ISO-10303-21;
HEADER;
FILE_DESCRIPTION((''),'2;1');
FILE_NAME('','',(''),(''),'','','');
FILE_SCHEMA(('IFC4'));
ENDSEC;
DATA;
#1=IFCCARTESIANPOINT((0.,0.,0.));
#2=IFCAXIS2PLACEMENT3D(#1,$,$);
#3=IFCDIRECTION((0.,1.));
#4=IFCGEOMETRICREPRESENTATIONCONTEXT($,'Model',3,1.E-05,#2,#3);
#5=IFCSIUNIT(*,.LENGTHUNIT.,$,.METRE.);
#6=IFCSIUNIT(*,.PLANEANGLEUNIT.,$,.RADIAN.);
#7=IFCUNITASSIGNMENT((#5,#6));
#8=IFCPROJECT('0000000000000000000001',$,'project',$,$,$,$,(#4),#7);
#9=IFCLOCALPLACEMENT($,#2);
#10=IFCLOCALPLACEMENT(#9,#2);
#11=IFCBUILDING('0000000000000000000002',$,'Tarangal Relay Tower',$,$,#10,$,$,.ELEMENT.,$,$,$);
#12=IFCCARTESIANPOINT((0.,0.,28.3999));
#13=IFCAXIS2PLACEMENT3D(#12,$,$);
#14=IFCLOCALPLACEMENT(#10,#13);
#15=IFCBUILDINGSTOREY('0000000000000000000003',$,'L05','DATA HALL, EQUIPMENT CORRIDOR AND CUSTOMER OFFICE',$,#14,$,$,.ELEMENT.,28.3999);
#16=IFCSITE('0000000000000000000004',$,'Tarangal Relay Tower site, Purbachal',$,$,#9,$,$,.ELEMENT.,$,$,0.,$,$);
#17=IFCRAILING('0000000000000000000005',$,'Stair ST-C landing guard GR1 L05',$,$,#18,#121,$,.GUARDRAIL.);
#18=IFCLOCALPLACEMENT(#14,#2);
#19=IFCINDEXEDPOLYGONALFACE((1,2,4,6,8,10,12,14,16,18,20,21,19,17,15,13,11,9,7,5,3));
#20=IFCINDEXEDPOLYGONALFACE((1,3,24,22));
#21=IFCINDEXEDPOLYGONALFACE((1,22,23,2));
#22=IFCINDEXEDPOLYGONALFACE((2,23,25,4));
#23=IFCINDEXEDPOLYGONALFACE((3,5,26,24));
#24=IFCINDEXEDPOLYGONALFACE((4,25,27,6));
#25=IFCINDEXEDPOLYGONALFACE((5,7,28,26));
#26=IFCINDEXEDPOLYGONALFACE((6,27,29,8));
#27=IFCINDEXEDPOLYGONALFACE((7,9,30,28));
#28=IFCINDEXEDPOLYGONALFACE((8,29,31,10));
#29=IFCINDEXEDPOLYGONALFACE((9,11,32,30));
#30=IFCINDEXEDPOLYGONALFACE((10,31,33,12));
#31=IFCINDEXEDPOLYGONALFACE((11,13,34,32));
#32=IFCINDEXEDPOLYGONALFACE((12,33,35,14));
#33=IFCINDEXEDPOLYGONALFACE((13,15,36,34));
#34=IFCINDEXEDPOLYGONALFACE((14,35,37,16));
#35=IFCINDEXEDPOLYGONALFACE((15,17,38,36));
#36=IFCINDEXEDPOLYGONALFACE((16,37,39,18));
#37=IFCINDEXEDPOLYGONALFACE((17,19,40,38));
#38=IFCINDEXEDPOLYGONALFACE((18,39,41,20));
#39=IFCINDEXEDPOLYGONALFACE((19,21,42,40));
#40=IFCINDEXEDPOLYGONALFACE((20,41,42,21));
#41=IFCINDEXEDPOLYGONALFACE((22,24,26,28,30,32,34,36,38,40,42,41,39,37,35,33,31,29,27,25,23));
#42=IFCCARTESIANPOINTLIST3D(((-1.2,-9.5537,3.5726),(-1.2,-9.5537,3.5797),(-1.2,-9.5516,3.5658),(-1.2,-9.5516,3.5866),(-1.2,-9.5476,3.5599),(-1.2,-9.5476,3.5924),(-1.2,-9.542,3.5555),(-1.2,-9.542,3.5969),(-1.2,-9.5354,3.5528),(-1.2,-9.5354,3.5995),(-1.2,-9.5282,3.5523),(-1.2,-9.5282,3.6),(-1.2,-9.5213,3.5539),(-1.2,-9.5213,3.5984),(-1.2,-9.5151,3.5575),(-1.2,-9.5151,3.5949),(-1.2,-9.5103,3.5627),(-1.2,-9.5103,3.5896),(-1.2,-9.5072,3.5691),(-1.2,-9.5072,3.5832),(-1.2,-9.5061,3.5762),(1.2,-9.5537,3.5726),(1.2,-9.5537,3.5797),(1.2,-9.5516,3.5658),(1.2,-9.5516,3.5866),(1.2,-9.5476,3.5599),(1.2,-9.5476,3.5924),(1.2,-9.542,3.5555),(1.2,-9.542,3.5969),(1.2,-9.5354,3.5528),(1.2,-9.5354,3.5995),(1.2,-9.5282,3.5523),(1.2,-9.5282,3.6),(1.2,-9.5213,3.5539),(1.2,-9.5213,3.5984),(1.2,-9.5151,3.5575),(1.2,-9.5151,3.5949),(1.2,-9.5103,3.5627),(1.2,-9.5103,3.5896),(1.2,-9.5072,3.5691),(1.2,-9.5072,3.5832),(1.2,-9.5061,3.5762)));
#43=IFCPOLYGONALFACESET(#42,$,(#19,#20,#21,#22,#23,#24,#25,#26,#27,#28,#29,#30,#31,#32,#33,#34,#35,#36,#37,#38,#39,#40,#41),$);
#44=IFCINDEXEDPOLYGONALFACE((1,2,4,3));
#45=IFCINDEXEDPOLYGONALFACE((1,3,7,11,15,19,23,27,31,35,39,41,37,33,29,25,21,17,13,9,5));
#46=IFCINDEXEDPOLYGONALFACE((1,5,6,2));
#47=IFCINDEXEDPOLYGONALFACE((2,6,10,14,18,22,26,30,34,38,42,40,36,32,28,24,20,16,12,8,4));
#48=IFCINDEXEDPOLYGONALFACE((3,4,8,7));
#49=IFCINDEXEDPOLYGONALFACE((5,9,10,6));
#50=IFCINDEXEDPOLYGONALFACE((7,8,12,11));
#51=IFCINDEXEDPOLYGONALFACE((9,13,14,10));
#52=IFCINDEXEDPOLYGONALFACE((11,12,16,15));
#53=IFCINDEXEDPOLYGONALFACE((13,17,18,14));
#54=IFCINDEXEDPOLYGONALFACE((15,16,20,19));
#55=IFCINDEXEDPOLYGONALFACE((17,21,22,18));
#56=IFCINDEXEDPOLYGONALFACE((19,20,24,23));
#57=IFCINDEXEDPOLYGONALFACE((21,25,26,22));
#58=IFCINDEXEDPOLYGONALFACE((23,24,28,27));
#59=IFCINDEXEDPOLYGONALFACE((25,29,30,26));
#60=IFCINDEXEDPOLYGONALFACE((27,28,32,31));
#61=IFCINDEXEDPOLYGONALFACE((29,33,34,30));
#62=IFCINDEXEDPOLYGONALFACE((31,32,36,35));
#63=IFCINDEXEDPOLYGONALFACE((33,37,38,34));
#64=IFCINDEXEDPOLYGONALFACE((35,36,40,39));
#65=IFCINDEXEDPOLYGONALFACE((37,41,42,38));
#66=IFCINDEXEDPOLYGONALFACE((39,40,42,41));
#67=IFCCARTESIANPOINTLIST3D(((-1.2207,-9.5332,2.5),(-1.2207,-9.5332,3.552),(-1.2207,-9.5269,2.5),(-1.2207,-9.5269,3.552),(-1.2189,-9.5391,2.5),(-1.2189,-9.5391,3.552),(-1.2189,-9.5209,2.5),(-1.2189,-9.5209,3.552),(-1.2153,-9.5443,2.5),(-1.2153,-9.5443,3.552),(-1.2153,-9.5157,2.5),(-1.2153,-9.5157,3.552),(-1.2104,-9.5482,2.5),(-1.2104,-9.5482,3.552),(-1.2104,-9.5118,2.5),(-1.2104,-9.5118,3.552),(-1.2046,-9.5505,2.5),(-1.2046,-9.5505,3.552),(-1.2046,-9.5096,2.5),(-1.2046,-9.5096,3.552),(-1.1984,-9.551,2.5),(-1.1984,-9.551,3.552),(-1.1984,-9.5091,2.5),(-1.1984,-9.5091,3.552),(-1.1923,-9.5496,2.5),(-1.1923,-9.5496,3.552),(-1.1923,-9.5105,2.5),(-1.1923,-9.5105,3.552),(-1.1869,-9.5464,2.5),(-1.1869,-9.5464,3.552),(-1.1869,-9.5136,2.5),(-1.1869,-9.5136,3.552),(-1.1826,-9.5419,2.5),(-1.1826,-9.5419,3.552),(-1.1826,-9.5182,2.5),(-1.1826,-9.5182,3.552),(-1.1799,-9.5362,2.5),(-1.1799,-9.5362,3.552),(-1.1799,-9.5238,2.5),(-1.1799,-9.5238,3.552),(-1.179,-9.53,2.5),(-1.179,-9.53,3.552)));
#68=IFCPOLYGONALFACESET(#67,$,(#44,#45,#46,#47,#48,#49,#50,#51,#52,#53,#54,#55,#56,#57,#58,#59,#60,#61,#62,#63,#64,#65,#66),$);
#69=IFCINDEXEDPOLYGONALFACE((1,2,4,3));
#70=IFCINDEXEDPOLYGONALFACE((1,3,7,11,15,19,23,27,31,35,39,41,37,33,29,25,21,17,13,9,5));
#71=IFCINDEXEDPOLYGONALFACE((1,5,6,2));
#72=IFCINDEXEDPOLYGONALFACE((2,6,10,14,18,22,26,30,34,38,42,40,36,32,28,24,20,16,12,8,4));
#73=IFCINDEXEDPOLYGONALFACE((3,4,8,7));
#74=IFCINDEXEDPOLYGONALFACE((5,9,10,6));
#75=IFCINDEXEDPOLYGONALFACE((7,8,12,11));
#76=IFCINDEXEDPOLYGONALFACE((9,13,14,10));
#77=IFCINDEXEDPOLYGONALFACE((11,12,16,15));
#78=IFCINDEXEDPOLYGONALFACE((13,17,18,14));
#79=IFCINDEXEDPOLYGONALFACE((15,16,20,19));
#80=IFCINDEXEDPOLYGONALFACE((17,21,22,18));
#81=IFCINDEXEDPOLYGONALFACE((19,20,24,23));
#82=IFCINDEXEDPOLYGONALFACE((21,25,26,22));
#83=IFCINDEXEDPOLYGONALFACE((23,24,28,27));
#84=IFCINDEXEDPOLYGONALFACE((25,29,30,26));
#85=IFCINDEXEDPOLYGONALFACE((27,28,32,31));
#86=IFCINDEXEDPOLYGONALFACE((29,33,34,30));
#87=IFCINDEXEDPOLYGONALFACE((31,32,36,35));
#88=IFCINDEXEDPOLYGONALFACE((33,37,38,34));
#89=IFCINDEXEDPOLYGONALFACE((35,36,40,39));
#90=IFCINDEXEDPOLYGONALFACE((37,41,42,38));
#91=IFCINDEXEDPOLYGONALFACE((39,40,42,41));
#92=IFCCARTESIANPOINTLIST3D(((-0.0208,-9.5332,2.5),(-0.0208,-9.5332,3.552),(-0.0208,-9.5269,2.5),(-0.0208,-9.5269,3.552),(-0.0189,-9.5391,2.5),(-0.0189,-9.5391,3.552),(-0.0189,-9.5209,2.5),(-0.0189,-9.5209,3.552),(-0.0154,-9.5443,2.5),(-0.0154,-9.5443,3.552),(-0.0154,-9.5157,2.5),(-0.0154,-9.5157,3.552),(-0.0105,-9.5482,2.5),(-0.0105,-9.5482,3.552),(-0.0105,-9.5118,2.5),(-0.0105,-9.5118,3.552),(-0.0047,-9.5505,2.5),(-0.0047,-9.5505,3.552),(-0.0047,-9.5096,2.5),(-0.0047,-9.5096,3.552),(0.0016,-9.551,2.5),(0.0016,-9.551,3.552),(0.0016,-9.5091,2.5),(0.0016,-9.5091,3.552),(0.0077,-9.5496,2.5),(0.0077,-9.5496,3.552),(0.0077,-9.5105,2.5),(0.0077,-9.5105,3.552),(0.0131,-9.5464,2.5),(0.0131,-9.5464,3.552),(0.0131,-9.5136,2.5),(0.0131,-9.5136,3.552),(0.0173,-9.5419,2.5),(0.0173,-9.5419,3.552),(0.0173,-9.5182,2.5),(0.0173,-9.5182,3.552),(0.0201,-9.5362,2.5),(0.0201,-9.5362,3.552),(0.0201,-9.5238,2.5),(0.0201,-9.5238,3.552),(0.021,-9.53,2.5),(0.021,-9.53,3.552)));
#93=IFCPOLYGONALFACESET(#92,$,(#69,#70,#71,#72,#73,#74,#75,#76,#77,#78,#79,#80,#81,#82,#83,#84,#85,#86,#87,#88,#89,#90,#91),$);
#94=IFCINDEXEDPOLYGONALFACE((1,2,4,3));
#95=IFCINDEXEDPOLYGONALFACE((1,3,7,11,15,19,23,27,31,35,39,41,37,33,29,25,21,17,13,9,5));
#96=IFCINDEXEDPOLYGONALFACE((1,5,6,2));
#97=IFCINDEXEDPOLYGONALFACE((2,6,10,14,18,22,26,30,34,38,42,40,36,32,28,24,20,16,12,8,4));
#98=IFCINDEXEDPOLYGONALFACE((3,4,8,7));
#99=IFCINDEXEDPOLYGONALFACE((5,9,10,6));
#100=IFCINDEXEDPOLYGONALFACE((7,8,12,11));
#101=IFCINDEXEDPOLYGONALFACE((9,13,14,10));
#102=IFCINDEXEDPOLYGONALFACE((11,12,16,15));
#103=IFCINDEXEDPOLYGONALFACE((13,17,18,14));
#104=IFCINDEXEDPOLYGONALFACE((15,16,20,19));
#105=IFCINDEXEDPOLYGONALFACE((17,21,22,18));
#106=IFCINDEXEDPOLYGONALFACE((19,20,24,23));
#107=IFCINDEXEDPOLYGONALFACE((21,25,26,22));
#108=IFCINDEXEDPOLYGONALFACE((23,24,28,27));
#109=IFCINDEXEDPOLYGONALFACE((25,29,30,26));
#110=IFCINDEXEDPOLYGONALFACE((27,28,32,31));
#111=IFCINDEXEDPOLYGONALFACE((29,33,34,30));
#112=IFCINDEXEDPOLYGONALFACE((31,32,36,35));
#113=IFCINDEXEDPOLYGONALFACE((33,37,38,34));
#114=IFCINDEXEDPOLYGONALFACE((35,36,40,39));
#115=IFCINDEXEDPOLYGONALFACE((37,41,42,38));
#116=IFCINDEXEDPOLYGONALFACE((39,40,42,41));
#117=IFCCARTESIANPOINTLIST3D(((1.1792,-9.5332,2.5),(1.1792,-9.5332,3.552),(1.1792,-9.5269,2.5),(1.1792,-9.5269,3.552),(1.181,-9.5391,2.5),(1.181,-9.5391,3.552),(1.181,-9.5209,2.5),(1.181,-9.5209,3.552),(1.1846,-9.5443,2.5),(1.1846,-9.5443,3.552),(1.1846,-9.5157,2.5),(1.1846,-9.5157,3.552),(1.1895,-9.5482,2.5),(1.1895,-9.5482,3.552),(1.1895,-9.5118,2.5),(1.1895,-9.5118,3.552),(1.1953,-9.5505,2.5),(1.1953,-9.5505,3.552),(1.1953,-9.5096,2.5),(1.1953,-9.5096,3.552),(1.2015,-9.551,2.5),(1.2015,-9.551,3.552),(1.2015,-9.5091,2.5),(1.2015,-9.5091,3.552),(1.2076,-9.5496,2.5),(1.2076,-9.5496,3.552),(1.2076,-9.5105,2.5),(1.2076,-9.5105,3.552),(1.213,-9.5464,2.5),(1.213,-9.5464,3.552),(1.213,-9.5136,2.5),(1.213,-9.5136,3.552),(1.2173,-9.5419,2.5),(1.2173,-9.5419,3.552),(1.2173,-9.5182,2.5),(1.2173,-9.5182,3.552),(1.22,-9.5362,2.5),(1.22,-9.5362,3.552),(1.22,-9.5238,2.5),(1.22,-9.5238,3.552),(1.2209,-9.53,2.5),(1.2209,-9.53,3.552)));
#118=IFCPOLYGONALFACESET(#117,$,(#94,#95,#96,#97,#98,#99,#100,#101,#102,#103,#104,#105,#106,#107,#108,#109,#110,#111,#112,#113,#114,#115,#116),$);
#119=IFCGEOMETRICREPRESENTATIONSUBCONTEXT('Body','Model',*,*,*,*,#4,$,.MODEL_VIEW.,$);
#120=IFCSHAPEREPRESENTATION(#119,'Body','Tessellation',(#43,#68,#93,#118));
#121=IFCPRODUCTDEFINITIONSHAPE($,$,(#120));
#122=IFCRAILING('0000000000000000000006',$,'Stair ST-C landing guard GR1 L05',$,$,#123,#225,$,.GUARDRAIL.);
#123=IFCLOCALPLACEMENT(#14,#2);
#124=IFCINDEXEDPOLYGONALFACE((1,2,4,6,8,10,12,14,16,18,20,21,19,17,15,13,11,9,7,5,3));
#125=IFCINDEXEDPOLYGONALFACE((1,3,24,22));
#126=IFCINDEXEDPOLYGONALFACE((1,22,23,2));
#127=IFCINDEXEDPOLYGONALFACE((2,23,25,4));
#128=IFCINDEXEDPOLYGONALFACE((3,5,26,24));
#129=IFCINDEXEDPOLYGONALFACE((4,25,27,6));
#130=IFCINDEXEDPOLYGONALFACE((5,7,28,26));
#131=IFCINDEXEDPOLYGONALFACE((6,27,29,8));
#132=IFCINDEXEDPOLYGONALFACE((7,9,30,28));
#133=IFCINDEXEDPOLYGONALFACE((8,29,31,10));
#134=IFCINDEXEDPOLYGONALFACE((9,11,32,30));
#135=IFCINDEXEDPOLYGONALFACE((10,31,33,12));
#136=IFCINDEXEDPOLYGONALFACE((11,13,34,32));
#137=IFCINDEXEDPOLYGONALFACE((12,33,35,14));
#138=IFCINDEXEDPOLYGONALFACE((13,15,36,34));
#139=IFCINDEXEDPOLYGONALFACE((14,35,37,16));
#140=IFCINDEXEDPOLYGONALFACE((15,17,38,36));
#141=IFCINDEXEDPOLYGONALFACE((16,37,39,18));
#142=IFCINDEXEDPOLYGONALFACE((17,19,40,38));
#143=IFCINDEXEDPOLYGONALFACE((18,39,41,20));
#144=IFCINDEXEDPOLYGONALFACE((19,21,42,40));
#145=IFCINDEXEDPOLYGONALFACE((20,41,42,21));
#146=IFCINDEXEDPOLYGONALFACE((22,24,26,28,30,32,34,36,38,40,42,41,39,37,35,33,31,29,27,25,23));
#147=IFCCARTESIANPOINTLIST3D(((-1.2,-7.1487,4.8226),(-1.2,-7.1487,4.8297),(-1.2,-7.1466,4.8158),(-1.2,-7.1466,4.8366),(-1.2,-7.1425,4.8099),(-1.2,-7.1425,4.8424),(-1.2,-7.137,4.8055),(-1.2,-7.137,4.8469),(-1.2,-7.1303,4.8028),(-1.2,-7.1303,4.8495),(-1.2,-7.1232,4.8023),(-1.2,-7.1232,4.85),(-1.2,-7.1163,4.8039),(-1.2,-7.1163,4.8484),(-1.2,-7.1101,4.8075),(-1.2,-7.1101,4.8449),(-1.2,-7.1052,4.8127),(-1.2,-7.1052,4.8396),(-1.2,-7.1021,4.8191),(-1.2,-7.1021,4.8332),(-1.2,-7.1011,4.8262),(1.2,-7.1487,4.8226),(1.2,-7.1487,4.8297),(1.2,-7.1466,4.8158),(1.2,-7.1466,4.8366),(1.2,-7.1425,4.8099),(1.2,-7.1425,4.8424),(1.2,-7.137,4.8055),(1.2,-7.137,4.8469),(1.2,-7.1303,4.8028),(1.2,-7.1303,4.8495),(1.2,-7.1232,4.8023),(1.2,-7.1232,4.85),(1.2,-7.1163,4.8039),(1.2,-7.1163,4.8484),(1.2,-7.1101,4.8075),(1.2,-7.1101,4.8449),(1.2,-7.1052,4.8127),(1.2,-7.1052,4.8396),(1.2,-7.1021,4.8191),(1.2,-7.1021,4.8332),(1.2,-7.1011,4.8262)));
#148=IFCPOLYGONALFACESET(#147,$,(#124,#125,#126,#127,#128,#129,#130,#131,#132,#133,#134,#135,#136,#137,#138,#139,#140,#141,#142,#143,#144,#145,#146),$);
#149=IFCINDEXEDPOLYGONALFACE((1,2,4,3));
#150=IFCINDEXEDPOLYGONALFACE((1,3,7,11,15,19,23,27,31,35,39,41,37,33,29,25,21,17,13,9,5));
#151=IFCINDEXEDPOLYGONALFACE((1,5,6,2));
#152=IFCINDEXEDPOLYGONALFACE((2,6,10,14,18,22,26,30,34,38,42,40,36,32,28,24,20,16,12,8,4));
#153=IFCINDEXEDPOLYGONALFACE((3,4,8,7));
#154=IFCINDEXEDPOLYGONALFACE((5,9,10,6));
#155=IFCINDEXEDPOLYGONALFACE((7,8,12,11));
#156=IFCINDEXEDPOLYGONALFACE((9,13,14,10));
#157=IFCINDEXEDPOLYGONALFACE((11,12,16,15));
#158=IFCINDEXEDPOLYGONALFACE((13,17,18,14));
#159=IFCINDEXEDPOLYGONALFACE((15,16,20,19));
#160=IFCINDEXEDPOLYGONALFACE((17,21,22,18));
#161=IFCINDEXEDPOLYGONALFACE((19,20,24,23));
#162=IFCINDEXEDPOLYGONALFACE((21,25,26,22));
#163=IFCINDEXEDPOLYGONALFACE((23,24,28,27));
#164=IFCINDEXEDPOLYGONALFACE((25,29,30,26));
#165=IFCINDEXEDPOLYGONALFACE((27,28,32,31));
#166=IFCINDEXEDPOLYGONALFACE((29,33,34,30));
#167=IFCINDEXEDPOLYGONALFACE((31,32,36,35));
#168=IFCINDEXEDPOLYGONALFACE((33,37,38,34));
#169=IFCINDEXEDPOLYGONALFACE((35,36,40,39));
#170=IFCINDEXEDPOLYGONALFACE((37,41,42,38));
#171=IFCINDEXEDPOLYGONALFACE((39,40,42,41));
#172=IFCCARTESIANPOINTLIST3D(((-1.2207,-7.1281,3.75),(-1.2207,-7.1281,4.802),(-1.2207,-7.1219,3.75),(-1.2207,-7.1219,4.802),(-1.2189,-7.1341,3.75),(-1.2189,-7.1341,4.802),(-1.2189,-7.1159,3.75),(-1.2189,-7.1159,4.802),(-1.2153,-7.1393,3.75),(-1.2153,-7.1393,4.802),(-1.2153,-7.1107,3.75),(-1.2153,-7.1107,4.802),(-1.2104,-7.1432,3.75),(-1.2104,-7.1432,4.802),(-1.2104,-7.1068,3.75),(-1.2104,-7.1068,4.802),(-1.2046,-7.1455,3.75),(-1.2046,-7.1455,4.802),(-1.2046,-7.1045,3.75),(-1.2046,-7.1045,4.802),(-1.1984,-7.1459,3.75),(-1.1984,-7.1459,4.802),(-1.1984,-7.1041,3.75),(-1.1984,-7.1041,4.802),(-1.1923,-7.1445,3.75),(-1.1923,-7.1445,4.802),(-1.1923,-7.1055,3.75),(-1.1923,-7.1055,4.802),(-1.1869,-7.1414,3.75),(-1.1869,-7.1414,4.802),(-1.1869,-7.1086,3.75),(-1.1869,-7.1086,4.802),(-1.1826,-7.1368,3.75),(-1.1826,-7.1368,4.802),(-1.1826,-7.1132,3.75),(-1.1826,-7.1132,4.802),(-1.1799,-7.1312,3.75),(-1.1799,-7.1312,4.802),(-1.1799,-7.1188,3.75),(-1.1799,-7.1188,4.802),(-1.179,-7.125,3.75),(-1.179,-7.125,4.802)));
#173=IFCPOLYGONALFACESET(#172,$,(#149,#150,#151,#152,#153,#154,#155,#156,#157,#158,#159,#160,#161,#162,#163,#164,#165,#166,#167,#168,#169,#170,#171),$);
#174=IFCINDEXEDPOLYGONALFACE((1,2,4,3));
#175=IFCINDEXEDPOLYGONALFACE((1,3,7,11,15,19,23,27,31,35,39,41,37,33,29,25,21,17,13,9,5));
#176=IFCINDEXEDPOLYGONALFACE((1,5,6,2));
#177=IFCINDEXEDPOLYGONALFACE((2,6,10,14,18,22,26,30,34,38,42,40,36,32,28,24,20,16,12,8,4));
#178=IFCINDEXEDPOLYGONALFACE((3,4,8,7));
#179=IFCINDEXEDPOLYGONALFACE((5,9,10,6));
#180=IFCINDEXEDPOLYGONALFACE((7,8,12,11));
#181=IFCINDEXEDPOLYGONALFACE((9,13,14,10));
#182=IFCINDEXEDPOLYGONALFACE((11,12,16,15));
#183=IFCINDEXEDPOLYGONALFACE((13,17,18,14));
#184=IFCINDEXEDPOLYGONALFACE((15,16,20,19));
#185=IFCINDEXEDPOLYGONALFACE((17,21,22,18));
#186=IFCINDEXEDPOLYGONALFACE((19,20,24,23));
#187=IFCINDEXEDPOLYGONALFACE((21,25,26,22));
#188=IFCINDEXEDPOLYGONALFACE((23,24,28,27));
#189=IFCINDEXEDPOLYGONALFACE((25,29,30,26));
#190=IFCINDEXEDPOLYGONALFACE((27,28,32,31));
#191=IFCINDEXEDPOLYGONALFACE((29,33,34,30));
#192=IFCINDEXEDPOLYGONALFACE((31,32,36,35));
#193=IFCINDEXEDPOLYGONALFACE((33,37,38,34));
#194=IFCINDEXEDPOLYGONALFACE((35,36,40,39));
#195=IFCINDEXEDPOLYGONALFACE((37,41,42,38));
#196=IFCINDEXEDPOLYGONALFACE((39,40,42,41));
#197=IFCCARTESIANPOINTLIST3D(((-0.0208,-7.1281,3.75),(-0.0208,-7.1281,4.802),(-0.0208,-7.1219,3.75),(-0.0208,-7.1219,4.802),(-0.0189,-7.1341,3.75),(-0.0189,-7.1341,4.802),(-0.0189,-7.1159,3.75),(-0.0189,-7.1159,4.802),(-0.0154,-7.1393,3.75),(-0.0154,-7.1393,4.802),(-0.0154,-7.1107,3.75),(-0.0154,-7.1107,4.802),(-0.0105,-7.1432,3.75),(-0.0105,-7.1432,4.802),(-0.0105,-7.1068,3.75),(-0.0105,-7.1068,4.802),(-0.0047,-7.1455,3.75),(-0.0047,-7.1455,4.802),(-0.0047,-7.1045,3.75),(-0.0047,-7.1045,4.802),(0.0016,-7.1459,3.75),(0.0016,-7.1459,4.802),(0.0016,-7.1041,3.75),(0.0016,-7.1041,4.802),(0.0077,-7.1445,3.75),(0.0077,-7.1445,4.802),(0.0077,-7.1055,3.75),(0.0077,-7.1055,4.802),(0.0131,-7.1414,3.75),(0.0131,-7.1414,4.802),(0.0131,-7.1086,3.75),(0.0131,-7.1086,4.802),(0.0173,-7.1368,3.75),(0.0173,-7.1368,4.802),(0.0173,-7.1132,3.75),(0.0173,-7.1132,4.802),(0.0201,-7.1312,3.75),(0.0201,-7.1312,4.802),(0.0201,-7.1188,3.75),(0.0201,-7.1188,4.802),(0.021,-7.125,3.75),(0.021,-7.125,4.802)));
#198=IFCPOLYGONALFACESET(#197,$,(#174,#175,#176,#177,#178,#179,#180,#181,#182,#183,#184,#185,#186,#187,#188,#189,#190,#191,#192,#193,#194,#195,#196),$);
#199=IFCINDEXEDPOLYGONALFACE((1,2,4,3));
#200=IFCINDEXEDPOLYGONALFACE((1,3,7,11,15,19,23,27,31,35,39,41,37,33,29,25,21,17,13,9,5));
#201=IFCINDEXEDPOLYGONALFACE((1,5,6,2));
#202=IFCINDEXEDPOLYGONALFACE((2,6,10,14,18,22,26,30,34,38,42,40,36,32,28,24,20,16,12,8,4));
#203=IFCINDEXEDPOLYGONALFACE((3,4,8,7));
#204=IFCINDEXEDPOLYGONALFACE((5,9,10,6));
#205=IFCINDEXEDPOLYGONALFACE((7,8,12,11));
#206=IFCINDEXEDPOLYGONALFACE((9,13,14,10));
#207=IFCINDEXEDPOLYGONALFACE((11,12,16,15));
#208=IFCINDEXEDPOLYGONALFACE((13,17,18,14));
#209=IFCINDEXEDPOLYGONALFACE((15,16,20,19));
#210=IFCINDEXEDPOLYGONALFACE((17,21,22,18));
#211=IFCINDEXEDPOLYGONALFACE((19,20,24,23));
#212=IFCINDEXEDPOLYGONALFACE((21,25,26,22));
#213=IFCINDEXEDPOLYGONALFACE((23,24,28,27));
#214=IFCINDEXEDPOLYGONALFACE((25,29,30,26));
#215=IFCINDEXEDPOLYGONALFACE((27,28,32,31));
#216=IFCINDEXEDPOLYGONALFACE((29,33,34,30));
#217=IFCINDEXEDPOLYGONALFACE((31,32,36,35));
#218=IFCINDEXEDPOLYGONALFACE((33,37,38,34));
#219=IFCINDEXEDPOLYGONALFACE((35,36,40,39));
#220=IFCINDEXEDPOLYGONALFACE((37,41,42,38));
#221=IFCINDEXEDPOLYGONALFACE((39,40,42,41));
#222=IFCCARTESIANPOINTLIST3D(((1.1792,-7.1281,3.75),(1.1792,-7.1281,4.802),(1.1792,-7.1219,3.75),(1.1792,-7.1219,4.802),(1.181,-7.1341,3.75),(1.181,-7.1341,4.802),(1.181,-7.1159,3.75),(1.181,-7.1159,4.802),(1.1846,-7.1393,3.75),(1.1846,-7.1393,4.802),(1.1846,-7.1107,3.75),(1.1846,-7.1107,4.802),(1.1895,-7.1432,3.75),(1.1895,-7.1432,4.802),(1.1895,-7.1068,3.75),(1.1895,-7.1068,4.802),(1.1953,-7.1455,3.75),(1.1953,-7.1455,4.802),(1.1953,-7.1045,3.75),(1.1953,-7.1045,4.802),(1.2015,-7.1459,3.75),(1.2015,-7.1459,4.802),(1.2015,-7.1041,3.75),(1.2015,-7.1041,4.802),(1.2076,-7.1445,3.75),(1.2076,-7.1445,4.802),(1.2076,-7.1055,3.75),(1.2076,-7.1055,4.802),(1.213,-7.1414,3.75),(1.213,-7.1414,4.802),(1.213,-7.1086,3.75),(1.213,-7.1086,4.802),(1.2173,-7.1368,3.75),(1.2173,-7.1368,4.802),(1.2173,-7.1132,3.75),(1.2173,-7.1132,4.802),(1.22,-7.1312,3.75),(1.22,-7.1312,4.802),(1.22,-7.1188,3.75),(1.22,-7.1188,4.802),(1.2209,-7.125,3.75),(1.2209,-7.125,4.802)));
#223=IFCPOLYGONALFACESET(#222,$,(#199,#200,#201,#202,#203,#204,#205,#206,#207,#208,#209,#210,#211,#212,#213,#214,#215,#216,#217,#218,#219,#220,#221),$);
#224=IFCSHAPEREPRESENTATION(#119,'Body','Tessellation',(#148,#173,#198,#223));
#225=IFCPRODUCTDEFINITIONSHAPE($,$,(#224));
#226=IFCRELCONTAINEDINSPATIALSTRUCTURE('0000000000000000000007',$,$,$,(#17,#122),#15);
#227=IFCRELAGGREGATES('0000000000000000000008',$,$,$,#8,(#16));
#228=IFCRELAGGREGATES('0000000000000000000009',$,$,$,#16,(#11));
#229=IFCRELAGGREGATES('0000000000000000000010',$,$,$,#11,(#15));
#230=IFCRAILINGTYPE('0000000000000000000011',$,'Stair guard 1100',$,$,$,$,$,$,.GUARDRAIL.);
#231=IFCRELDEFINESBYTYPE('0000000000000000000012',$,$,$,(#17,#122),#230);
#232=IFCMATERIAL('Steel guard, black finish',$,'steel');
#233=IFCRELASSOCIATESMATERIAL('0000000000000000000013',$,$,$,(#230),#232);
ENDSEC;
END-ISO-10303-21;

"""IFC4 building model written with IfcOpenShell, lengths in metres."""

from ifc_helpers import new_model, si_unit, direction, frame, origin, origin_2d, place, context, subcontext, project, spatial, circle, extrude, material, type_object, element, save


model = new_model("IFC4")

# Units and contexts
model_context = context("Model", 3, precision=1e-05, world=origin(), true_north=direction((0.0, 1.0)))
body_context = subcontext(model_context, "Body", "Model", "MODEL_VIEW")
ifc_project = project(units=[si_unit("LENGTHUNIT", "METRE"), si_unit("PLANEANGLEUNIT", "RADIAN")], contexts=[model_context])

# Site, building, storey
site_placement = place(None, origin())
site = spatial("IfcSite", under=ifc_project, at=site_placement, Name="Tarangal Relay Tower site, Purbachal", CompositionType="ELEMENT", RefElevation=0.0)
building_placement = place(site_placement, origin())
building = spatial("IfcBuilding", under=site, at=building_placement, Name="Tarangal Relay Tower", CompositionType="ELEMENT")
storey_placement = place(building_placement, frame((0.0, 0.0, 28.3999)))
storey = spatial("IfcBuildingStorey", under=building, at=storey_placement, Name="L05", Description="DATA HALL, EQUIPMENT CORRIDOR AND CUSTOMER OFFICE", CompositionType="ELEMENT", Elevation=28.3999)

# Railings
ifc_material_1 = material(Name="Steel guard, black finish", Category="steel")
railing_type_1 = type_object("IfcRailingType", Name="Stair guard 1100", PredefinedType="GUARDRAIL", material=ifc_material_1)
for number, where, name in (
    (1, (-1.2, -9.53, 2.5), "Stair ST-C landing guard GR1 L05"),
    (2, (-1.2, -7.125, 3.75), "Stair ST-C landing guard GR1 L05"),
):
    element("IfcRailing", number, at=place(storey_placement, frame(where)), inside=storey, type_object=railing_type_1, Name=name, PredefinedType="GUARDRAIL", context=body_context, shape_type="SweptSolid", body=[
        extrude(circle(Radius=0.0239, at=origin_2d()), frame((0.0, 0.0, 1.0762), z_axis=(1.0, 0.0, 0.0), x_axis=(0.0, 1.0, 0.0)), (0.0, 0.0, 1.0), 2.3999),
        extrude(circle(Radius=0.021, at=origin_2d()), origin(), (0.0, 0.0, 1.0), 1.052),
        extrude(circle(Radius=0.021, at=origin_2d()), frame((1.2, 0.0, 0.0)), (0.0, 0.0, 1.0), 1.052),
        extrude(circle(Radius=0.021, at=origin_2d()), frame((2.3999, 0.0, 0.0)), (0.0, 0.0, 1.0), 1.052),
    ])

save(model, "model.ifc")
